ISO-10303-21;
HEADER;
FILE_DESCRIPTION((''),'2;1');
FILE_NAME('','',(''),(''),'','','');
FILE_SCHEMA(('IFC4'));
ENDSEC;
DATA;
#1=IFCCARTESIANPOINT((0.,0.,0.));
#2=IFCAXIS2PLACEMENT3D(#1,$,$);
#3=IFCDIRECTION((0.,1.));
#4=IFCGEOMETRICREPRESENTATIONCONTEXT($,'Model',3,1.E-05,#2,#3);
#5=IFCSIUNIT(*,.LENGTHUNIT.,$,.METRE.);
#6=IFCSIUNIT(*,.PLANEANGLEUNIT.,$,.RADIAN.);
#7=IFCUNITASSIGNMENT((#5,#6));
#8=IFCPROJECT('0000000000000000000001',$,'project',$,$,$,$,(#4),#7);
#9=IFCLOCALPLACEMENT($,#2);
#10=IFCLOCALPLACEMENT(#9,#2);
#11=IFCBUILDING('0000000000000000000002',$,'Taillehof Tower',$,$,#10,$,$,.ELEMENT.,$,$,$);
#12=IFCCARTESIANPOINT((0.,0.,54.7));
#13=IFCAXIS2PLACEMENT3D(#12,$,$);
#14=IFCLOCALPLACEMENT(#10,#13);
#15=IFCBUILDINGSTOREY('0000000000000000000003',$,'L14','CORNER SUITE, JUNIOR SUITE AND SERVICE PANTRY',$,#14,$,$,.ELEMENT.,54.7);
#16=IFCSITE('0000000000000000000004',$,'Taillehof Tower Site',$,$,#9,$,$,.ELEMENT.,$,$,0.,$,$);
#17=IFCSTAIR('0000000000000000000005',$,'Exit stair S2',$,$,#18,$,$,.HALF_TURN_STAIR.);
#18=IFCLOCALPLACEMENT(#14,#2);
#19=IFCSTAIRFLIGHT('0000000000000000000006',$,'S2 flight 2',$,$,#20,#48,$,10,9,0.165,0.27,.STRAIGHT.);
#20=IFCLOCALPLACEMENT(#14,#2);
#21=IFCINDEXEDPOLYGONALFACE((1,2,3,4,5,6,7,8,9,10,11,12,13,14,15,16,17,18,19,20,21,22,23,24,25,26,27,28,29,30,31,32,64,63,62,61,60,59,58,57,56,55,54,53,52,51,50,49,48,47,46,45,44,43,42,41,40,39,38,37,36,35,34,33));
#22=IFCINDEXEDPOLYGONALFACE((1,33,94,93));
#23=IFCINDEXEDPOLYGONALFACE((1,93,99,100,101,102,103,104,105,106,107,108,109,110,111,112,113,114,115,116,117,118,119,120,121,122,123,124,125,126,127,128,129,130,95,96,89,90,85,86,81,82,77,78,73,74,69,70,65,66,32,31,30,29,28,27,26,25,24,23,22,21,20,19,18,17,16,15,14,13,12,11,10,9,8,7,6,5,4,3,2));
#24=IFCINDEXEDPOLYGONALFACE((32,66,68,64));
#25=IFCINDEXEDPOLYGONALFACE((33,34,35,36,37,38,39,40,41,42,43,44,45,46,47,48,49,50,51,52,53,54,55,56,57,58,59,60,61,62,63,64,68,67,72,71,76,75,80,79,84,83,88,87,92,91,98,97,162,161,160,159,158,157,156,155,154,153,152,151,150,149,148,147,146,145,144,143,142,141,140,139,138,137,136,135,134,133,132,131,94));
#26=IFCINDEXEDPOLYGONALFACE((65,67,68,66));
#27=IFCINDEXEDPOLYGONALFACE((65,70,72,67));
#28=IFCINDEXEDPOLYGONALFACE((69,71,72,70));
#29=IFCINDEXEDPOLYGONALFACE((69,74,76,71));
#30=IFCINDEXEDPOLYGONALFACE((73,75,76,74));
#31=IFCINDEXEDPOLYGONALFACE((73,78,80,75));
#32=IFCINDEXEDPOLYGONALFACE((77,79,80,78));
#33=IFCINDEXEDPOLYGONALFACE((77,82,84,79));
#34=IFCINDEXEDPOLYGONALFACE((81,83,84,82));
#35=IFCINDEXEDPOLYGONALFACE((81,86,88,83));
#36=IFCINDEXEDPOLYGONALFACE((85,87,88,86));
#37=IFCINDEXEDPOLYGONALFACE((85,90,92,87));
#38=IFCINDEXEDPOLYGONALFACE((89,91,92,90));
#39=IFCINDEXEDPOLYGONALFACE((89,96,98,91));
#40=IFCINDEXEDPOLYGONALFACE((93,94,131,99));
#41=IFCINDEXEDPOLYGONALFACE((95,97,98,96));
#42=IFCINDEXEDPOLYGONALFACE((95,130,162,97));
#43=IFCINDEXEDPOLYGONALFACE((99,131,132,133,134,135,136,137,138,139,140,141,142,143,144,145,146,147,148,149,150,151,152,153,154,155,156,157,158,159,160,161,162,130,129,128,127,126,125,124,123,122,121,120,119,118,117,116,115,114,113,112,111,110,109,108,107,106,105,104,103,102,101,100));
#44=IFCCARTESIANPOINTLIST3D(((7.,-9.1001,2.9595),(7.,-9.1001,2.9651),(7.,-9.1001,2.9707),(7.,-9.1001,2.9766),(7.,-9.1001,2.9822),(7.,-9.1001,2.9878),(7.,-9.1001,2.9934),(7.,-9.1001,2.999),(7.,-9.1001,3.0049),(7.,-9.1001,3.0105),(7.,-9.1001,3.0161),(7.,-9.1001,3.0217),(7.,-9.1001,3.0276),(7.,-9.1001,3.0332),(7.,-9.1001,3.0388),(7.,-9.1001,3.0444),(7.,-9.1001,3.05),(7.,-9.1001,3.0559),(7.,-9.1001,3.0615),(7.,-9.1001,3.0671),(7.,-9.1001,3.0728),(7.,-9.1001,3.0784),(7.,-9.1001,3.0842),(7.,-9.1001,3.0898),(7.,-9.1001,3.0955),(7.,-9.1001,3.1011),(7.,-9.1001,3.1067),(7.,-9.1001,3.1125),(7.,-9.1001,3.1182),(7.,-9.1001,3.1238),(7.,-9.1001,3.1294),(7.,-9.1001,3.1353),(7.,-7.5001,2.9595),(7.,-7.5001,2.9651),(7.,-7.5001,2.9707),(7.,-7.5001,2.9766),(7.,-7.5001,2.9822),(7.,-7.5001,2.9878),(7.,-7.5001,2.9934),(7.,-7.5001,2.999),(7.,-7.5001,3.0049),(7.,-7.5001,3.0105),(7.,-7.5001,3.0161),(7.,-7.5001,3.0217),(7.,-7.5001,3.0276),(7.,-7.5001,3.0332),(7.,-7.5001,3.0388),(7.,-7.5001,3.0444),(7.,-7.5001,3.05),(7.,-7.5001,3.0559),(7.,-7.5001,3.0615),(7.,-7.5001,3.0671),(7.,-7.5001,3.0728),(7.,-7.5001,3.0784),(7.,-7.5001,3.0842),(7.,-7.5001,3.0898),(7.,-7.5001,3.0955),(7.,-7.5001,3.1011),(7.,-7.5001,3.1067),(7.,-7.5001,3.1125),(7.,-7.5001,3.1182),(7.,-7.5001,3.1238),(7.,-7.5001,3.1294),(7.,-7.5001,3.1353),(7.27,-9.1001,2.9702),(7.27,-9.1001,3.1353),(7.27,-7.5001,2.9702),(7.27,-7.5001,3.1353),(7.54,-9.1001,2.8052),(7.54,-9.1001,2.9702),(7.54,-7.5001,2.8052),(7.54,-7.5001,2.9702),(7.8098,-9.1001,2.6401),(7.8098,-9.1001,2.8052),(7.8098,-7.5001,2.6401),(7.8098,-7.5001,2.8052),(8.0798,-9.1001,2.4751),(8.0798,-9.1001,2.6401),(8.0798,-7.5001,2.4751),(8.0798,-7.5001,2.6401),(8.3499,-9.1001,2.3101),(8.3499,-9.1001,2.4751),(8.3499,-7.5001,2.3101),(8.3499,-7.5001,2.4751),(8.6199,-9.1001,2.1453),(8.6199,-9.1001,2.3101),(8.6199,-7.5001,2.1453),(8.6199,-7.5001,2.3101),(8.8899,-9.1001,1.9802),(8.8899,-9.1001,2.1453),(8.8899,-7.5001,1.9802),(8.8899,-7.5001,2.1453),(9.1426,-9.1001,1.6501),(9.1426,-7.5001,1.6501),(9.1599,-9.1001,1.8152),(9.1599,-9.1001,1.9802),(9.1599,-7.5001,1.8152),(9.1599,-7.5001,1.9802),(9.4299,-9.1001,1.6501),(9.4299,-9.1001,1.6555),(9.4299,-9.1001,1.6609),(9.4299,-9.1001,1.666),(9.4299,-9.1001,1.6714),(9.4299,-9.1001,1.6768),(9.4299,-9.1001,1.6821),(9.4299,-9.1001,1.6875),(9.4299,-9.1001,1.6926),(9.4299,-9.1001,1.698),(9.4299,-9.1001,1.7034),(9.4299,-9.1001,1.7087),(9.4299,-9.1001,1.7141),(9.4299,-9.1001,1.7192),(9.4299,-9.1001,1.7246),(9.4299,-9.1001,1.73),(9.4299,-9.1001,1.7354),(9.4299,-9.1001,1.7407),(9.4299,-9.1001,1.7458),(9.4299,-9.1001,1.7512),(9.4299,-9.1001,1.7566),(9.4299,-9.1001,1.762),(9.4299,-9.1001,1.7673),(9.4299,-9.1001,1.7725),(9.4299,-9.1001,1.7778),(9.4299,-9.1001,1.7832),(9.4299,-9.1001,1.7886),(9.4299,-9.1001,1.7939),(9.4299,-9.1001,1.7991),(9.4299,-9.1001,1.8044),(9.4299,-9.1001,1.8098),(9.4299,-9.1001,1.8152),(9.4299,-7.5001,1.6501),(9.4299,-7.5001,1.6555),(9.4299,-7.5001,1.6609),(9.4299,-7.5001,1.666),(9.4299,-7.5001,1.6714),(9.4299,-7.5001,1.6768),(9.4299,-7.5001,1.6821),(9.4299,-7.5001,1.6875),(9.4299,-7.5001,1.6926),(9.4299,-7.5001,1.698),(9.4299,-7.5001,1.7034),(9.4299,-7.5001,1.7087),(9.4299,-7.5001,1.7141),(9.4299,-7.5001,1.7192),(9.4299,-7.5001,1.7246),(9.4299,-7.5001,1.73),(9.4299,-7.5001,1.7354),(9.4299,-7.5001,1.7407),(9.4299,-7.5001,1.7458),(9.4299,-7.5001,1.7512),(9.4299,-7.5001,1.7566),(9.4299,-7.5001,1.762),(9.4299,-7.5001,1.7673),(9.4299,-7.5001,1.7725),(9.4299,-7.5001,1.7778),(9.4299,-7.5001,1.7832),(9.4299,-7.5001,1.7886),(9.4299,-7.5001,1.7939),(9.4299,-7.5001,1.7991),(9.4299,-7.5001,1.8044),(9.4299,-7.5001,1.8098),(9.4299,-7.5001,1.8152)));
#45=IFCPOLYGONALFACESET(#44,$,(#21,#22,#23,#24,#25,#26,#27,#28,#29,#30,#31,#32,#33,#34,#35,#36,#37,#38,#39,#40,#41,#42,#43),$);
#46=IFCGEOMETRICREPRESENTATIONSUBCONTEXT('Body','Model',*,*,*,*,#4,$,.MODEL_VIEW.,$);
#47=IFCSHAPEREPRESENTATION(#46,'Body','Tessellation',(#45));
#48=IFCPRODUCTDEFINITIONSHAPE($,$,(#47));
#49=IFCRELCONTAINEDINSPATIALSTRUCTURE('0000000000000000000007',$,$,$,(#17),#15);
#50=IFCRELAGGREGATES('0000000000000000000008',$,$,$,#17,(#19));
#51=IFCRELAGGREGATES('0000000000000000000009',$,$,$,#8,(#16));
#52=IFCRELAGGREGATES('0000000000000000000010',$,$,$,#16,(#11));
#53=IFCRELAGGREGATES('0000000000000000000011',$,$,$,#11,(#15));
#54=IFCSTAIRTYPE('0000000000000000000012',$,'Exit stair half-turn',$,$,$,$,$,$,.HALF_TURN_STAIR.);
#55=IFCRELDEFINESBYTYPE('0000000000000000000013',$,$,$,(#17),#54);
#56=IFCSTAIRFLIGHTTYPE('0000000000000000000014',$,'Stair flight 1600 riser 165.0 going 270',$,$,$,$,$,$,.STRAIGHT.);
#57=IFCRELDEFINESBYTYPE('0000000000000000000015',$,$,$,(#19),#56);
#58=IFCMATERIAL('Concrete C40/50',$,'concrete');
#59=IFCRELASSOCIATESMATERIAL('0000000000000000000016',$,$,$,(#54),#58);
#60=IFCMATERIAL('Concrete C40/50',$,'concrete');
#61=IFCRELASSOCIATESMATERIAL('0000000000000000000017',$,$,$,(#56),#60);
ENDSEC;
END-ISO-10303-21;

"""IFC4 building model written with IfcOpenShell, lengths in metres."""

from ifc_helpers import new_model, si_unit, direction, frame, origin, place, context, subcontext, project, spatial, polyline, outline, extrude, material, type_object, element, aggregate, save


model = new_model("IFC4")

# Units and contexts
model_context = context("Model", 3, precision=1e-05, world=origin(), true_north=direction((0.0, 1.0)))
body_context = subcontext(model_context, "Body", "Model", "MODEL_VIEW")
ifc_project = project(units=[si_unit("LENGTHUNIT", "METRE"), si_unit("PLANEANGLEUNIT", "RADIAN")], contexts=[model_context])

# Site, building, storey
site_placement = place(None, origin())
site = spatial("IfcSite", under=ifc_project, at=site_placement, Name="Taillehof Tower Site", CompositionType="ELEMENT", RefElevation=0.0)
building_placement = place(site_placement, origin())
building = spatial("IfcBuilding", under=site, at=building_placement, Name="Taillehof Tower", CompositionType="ELEMENT")
storey_placement = place(building_placement, frame((0.0, 0.0, 54.7)))
storey = spatial("IfcBuildingStorey", under=building, at=storey_placement, Name="L14", Description="CORNER SUITE, JUNIOR SUITE AND SERVICE PANTRY", CompositionType="ELEMENT", Elevation=54.7)

# Stair
ifc_material_1 = material(Name="Concrete C40/50", Category="concrete")
stair_type = type_object("IfcStairType", Name="Exit stair half-turn", PredefinedType="HALF_TURN_STAIR", material=ifc_material_1)
stair_1_placement = place(storey_placement, origin())
stair_1 = element("IfcStair", 1, at=stair_1_placement, inside=storey, type_object=stair_type, Name="Exit stair S2", PredefinedType="HALF_TURN_STAIR")

# Stair flight
ifc_material_2 = material(Name="Concrete C40/50", Category="concrete")
stair_flight_type = type_object("IfcStairFlightType", Name="Stair flight 1600 riser 165.0 going 270", PredefinedType="STRAIGHT", material=ifc_material_2)
stair_flight_1_placement = place(storey_placement, frame((9.4299, -8.3, 1.6501), z_axis=(0.0, 0.0, 1.0), x_axis=(-1.0, 0.0, 0.0)))
stair_flight_1 = element("IfcStairFlight", 2, at=stair_flight_1_placement, type_object=stair_flight_type, Name="S2 flight 2", NumberOfRisers=10, NumberOfTreads=9, PredefinedType="STRAIGHT", RiserHeight=0.165, TreadLength=0.27, context=body_context, shape_type="SweptSolid", body=[
    extrude(outline(polyline([(0.0, 0.0), (0.0, 0.0054), (0.0, 0.0107), (0.0, 0.0159), (0.0, 0.0212), (0.0, 0.0266), (0.0, 0.032), (0.0, 0.0374), (0.0, 0.0425), (0.0, 0.0479), (0.0, 0.0532), (0.0, 0.0586), (0.0, 0.064), (0.0, 0.0691), (0.0, 0.0745), (0.0, 0.0798), (0.0, 0.0852), (0.0, 0.0906), (0.0, 0.0957), (0.0, 0.1011), (0.0, 0.1064), (0.0, 0.1118), (0.0, 0.1172), (0.0, 0.1223), (0.0, 0.1277), (0.0, 0.1331), (0.0, 0.1384), (0.0, 0.1438), (0.0, 0.1489), (0.0, 0.1543), (0.0, 0.1597), (0.0, 0.165), (0.27, 0.165), (0.27, 0.3301), (0.54, 0.3301), (0.54, 0.4951), (0.8101, 0.4951), (0.8101, 0.6599), (1.0801, 0.6599), (1.0801, 0.825), (1.3501, 0.825), (1.3501, 0.99), (1.6201, 0.99), (1.6201, 1.155), (1.8899, 1.155), (1.8899, 1.3201), (2.1599, 1.3201), (2.1599, 1.4851), (2.4299, 1.4851), (2.4299, 1.4792), (2.4299, 1.4736), (2.4299, 1.468), (2.4299, 1.4624), (2.4299, 1.4565), (2.4299, 1.4509), (2.4299, 1.4453), (2.4299, 1.4397), (2.4299, 1.4341), (2.4299, 1.4282), (2.4299, 1.4226), (2.4299, 1.417), (2.4299, 1.4114), (2.4299, 1.4058), (2.4299, 1.3999), (2.4299, 1.3943), (2.4299, 1.3887), (2.4299, 1.3831), (2.4299, 1.3774), (2.4299, 1.3716), (2.4299, 1.366), (2.4299, 1.3604), (2.4299, 1.3547), (2.4299, 1.3489), (2.4299, 1.3433), (2.4299, 1.3376), (2.4299, 1.332), (2.4299, 1.3264), (2.4299, 1.3206), (2.4299, 1.3149), (2.4299, 1.3093), (0.2874, 0.0), (0.0, 0.0)])), frame((0.0, 0.8, 0.0), z_axis=(0.0, -1.0, 0.0), x_axis=(1.0, 0.0, 0.0)), (0.0, 0.0, 1.0), 1.6),
])
aggregate(stair_1, [stair_flight_1])

save(model, "model.ifc")
